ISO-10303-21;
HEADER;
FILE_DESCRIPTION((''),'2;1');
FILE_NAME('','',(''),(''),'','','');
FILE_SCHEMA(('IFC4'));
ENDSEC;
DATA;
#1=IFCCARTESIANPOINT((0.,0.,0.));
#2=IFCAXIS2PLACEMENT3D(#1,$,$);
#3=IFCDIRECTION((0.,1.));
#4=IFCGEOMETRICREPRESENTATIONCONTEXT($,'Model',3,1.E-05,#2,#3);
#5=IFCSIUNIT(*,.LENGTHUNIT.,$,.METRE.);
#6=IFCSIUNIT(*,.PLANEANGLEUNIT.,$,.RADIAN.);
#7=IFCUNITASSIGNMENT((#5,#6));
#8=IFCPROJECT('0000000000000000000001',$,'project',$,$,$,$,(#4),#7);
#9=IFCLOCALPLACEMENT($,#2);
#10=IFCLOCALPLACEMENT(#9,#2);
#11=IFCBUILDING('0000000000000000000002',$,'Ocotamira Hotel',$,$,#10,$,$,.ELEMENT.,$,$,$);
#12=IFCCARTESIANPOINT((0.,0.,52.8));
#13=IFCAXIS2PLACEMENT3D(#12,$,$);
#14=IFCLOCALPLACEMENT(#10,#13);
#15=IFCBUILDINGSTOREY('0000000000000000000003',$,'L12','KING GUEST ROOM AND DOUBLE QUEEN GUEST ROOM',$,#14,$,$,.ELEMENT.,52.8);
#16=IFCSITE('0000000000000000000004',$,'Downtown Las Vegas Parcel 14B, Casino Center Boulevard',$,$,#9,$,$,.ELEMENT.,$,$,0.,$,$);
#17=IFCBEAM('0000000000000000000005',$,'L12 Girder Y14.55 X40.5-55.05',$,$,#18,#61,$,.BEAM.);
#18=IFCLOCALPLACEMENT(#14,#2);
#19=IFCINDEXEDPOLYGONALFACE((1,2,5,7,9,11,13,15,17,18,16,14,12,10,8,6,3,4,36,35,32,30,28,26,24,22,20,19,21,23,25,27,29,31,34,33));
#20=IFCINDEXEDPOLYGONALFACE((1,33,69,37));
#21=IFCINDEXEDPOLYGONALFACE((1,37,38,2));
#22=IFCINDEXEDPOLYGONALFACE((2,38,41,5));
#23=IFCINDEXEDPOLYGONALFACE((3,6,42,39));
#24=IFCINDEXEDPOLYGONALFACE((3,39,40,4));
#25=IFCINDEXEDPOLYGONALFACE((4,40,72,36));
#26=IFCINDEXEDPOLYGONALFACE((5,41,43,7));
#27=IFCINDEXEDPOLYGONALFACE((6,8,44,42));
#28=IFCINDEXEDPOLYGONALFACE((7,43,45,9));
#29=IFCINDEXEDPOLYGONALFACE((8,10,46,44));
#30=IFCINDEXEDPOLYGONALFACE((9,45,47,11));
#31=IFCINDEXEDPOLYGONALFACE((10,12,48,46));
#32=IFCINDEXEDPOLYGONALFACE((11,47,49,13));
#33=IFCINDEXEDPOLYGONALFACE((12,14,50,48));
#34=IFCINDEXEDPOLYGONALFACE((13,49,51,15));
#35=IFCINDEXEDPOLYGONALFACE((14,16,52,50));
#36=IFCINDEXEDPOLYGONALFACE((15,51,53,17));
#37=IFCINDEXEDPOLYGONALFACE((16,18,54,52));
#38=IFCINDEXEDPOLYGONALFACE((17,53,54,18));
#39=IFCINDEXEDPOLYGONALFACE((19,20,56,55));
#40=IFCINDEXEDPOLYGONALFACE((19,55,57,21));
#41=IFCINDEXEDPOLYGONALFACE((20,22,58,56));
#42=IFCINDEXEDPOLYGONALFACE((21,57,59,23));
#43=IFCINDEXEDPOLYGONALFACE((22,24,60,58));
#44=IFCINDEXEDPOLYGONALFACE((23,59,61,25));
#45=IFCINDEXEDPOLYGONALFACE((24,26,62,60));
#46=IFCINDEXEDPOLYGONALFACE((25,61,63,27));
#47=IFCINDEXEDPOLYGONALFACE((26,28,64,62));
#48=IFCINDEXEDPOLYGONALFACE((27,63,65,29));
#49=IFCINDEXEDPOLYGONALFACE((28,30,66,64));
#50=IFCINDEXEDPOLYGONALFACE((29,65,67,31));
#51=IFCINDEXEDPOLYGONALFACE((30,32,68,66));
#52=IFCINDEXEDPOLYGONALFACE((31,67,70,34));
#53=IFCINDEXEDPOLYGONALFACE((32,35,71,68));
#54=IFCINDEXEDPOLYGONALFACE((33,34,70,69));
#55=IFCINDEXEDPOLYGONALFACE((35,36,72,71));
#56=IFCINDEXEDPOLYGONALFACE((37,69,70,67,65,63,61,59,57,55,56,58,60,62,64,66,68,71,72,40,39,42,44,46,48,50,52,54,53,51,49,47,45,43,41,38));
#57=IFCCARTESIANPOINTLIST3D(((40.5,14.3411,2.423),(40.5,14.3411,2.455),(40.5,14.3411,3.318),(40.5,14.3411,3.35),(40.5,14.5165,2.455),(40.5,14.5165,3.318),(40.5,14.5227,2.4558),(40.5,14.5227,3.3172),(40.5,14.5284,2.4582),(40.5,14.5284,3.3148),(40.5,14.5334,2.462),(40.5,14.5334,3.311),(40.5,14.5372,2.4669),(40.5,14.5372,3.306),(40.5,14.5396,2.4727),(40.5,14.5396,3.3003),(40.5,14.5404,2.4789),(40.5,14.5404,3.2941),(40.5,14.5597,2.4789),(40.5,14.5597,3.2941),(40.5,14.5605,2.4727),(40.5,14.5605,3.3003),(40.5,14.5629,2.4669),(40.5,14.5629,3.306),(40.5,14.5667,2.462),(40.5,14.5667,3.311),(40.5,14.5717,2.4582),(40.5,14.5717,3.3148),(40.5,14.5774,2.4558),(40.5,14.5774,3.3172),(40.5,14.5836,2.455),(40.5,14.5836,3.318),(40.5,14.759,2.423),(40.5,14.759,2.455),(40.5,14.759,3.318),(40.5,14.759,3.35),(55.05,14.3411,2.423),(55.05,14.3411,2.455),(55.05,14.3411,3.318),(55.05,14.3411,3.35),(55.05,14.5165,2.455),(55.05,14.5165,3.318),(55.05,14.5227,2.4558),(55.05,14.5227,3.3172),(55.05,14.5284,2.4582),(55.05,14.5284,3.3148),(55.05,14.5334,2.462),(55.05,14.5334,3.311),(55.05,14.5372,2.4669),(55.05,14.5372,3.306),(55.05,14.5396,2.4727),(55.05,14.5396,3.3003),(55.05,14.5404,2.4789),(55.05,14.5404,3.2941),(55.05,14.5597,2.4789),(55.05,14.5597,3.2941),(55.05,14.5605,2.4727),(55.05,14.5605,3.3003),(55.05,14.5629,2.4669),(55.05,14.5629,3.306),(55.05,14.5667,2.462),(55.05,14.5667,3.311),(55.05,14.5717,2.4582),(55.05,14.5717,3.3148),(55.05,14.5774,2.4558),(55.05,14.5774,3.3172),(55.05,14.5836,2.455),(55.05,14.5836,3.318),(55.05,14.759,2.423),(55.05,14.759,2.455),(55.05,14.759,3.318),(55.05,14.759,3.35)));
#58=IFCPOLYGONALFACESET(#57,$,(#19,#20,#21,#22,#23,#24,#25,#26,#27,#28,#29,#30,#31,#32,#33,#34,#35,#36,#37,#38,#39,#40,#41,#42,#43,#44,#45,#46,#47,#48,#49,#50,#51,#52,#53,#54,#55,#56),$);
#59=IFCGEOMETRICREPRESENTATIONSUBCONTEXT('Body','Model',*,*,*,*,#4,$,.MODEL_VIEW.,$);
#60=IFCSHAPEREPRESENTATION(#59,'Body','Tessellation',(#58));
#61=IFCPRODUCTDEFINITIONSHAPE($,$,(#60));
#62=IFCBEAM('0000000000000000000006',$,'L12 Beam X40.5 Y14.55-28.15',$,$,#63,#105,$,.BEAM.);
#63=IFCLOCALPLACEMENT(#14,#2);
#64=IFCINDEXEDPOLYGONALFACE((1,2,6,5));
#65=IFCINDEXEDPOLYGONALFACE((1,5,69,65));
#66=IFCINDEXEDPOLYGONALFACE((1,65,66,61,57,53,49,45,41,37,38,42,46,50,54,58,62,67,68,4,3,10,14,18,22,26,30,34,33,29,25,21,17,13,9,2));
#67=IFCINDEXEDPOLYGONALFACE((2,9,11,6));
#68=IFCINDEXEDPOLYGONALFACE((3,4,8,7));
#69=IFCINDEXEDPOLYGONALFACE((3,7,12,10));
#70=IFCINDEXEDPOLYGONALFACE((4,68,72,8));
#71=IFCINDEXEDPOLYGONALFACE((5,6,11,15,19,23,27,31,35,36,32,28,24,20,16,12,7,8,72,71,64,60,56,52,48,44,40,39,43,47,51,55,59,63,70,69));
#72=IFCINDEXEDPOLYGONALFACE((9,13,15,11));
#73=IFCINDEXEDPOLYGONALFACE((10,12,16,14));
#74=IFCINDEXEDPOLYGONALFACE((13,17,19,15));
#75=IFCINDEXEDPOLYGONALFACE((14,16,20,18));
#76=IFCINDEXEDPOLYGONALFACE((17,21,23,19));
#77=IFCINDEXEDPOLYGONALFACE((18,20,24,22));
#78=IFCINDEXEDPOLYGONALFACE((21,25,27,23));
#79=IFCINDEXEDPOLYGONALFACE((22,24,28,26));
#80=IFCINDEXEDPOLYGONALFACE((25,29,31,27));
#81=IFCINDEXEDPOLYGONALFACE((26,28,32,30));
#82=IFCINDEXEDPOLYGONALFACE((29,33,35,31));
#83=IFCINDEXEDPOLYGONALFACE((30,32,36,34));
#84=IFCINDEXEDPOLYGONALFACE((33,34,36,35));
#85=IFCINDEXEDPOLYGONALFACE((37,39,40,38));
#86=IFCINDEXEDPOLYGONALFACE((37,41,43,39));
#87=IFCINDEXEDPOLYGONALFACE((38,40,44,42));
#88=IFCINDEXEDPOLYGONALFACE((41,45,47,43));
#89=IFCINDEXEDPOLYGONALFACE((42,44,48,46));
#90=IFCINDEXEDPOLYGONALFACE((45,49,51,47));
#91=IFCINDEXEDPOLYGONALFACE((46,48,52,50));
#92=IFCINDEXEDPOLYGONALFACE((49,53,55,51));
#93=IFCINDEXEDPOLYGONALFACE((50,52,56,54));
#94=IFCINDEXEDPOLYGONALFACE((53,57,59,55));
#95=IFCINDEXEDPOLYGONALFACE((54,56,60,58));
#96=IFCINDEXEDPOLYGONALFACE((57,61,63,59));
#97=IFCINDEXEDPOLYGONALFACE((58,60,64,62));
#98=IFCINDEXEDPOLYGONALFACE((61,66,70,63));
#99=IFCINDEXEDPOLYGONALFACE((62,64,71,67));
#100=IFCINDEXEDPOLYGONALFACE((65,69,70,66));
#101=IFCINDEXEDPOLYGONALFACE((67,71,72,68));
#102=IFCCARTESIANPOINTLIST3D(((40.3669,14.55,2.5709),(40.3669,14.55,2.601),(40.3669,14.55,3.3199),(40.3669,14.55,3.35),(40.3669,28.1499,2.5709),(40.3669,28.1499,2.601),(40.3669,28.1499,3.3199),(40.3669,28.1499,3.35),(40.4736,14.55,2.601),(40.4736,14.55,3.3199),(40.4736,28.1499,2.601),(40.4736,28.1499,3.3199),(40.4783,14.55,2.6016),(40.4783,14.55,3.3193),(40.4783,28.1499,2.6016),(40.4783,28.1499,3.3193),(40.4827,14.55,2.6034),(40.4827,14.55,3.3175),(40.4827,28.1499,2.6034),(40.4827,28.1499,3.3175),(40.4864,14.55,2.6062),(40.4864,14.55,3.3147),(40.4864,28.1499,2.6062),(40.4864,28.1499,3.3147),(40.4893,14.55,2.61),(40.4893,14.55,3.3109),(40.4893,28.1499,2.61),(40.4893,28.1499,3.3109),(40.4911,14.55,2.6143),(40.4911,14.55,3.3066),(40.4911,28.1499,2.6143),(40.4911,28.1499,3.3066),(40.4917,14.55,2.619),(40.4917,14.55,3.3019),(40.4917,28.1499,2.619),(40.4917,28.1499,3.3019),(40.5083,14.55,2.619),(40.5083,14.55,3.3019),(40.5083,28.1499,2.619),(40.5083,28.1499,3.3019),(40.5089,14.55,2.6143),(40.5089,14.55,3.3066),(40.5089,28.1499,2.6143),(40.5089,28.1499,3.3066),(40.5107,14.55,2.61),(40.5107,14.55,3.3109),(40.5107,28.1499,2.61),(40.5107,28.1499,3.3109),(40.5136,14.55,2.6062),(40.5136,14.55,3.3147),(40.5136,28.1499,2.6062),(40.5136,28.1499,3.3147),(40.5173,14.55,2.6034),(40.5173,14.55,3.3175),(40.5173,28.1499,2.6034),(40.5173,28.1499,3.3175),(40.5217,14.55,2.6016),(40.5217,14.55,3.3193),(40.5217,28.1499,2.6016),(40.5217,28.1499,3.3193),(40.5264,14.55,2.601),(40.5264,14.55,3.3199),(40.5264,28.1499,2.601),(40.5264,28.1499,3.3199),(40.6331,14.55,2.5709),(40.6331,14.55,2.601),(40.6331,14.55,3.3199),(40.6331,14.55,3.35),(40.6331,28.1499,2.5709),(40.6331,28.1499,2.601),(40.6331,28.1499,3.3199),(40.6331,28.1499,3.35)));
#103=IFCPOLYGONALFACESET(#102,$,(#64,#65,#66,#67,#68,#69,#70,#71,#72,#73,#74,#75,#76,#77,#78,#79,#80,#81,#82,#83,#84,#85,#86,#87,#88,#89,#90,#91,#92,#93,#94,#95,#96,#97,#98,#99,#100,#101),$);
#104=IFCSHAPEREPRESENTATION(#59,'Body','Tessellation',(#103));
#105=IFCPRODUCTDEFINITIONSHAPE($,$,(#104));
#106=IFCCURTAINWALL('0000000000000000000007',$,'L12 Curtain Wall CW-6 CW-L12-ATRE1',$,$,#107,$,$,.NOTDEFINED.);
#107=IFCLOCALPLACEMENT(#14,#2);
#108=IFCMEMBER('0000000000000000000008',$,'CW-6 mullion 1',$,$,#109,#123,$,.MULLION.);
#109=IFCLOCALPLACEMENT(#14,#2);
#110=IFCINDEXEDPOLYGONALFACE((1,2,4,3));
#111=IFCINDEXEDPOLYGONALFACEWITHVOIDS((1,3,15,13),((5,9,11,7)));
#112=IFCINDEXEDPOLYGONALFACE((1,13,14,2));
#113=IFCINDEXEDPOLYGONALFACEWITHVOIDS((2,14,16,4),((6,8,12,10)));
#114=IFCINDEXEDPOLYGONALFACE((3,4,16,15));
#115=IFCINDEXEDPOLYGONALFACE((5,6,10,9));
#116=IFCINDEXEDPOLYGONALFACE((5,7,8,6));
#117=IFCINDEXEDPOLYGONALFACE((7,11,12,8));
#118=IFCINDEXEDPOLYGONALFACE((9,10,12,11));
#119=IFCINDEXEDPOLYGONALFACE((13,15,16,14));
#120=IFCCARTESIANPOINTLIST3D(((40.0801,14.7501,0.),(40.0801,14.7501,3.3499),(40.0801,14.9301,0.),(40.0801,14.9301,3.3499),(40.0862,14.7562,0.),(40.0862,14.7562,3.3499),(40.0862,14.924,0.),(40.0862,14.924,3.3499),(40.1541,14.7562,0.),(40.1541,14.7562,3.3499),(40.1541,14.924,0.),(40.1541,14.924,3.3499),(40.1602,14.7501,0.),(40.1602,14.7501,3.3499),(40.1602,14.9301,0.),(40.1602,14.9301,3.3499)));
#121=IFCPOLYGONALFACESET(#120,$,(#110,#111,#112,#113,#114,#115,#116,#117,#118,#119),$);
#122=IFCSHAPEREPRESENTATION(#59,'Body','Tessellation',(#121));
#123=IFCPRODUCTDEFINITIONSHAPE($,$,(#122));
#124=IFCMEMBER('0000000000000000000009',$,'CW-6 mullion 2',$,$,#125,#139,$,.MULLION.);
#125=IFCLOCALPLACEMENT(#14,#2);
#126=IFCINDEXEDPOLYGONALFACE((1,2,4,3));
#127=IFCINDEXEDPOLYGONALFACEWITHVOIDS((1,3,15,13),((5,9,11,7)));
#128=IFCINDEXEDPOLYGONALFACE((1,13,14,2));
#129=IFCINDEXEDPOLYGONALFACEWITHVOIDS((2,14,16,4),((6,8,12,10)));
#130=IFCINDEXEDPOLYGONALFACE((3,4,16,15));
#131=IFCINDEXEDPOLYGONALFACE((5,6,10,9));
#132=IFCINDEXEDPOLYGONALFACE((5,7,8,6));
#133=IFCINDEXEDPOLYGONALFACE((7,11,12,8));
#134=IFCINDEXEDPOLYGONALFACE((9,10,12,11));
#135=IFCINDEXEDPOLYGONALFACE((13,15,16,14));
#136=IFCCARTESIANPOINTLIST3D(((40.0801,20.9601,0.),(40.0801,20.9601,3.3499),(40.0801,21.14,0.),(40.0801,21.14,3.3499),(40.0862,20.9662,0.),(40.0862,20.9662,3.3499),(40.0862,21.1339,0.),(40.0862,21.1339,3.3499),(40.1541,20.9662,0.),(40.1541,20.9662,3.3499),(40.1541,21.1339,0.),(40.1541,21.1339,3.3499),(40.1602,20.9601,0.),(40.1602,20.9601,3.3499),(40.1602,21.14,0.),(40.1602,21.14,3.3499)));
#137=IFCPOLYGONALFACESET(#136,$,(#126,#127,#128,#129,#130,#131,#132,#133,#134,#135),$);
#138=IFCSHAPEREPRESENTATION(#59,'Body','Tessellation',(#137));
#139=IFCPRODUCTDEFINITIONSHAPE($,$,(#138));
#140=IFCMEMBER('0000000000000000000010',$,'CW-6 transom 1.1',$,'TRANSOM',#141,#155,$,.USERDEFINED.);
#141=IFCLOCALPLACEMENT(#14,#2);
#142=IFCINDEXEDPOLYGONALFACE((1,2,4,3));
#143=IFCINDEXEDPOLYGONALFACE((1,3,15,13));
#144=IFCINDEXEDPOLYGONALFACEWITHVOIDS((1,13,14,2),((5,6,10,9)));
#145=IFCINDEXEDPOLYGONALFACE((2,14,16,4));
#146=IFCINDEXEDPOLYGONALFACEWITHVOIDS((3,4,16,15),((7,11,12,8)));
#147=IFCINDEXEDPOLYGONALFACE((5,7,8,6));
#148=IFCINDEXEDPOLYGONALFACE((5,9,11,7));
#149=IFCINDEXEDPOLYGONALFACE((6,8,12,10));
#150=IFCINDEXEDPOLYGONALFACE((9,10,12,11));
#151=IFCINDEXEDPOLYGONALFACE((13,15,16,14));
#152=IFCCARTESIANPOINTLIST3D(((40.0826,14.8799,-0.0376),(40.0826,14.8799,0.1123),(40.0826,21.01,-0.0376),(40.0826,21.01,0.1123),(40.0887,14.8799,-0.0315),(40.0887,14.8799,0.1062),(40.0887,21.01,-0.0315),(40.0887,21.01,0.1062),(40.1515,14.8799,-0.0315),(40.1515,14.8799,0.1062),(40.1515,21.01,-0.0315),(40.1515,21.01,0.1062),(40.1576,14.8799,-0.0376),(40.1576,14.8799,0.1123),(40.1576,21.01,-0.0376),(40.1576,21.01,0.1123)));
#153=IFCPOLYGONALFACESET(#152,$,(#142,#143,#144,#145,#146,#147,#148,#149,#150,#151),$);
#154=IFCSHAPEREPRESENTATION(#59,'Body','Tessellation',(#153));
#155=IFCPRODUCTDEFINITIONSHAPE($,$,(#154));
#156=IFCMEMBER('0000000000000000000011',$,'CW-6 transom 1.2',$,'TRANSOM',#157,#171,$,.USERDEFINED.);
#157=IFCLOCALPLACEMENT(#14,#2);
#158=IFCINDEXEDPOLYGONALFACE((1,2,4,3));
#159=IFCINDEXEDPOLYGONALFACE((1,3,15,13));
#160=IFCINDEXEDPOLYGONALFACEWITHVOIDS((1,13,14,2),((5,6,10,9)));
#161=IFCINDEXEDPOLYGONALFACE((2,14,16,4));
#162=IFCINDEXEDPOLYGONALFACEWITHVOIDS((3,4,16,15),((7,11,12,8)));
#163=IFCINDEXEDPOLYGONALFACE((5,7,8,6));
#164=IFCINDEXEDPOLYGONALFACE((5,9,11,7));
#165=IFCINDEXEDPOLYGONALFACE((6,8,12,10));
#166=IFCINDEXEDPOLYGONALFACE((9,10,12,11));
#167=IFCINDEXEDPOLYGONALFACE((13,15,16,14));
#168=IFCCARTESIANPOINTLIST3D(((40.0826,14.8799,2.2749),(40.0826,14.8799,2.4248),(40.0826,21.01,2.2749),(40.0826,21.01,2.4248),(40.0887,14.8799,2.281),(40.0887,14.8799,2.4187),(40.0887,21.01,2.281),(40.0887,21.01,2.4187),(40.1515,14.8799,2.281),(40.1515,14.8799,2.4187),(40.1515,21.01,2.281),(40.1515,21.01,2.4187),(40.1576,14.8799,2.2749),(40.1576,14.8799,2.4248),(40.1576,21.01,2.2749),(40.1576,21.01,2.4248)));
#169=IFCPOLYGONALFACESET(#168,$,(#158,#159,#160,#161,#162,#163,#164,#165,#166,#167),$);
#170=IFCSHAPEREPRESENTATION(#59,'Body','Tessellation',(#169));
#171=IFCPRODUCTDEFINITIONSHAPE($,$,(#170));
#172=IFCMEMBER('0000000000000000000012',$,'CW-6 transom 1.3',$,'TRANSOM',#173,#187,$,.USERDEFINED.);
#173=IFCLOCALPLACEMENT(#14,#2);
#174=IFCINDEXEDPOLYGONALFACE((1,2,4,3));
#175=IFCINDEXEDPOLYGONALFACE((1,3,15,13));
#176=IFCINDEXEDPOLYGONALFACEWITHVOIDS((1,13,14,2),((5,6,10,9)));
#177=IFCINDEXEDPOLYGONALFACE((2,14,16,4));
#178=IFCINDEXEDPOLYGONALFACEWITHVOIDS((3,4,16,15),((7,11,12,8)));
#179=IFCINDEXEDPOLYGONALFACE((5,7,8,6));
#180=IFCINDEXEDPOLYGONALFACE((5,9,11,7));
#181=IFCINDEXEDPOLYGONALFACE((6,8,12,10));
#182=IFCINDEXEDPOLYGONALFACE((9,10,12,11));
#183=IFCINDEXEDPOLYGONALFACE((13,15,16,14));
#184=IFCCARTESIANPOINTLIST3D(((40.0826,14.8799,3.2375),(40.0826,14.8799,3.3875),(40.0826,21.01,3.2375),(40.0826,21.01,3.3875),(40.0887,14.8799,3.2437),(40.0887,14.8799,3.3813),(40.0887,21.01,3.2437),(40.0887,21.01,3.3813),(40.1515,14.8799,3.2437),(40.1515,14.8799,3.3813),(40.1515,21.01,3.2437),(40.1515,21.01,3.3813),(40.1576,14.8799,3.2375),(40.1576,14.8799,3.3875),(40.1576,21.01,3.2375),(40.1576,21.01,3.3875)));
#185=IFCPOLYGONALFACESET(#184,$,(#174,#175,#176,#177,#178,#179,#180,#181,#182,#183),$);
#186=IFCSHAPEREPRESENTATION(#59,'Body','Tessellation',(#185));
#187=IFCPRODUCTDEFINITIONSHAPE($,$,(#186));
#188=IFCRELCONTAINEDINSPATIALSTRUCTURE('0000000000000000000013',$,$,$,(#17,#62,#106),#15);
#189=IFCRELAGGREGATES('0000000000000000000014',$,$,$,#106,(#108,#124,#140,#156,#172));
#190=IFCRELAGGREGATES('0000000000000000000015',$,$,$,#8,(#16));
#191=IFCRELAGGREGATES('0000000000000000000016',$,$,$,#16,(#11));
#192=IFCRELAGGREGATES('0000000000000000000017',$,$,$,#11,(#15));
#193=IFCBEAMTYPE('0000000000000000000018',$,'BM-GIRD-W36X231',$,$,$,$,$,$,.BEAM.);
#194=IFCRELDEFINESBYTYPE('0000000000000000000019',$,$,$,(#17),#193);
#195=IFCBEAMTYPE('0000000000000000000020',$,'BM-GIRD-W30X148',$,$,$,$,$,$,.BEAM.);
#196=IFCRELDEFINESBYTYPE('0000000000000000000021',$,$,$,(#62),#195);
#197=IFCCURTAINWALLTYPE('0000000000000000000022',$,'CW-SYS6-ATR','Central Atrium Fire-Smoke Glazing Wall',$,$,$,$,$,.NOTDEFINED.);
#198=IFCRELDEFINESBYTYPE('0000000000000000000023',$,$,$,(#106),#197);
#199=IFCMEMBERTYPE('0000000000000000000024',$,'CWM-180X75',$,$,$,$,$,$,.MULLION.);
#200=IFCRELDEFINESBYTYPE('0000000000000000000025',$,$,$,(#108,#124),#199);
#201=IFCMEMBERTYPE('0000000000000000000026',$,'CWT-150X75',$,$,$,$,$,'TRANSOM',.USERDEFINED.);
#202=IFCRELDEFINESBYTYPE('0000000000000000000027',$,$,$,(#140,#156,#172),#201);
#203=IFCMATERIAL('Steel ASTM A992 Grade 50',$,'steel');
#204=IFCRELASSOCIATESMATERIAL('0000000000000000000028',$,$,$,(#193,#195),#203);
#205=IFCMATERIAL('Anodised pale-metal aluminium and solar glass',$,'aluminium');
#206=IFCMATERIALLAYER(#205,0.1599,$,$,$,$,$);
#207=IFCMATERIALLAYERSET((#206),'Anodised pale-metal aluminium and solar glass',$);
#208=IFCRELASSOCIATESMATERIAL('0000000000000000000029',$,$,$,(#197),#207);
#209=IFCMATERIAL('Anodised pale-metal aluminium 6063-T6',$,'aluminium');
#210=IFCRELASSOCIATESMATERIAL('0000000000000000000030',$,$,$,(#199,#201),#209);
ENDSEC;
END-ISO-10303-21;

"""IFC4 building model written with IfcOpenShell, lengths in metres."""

from ifc_helpers import new_model, si_unit, direction, frame, origin, origin_2d, place, context, subcontext, project, spatial, hollow_rectangle, i_section, extrude, source, transform, mapped, material, layer, layer_set, material_profile, profile_set, type_object, element, aggregate, save


model = new_model("IFC4")

# Units and contexts
model_context = context("Model", 3, precision=1e-05, world=origin(), true_north=direction((0.0, 1.0)))
body_context = subcontext(model_context, "Body", "Model", "MODEL_VIEW")
ifc_project = project(units=[si_unit("LENGTHUNIT", "METRE"), si_unit("PLANEANGLEUNIT", "RADIAN")], contexts=[model_context])

# Site, building, storey
site_placement = place(None, origin())
site = spatial("IfcSite", under=ifc_project, at=site_placement, Name="Downtown Las Vegas Parcel 14B, Casino Center Boulevard", CompositionType="ELEMENT", RefElevation=0.0)
building_placement = place(site_placement, origin())
building = spatial("IfcBuilding", under=site, at=building_placement, Name="Ocotamira Hotel", CompositionType="ELEMENT")
storey_placement = place(building_placement, frame((0.0, 0.0, 52.8)))
storey = spatial("IfcBuildingStorey", under=building, at=storey_placement, Name="L12", Description="KING GUEST ROOM AND DOUBLE QUEEN GUEST ROOM", CompositionType="ELEMENT", Elevation=52.8)

# Beams
ifc_material_1 = material(Name="Steel ASTM A992 Grade 50", Category="steel")
ifc_material_profile_1 = material_profile(ifc_material_1, i_section(OverallWidth=0.418, OverallDepth=0.927, WebThickness=0.0193, FlangeThickness=0.032, FilletRadius=0.0239, at=origin_2d()), Name="W36X231")
ifc_profile_set_1 = profile_set([ifc_material_profile_1], Name="Steel ASTM A992 Grade 50")
beam_type_1 = type_object("IfcBeamType", Name="BM-GIRD-W36X231", PredefinedType="BEAM", material=ifc_profile_set_1)
shared_shape_1 = source(origin(), body_context, "Body", "SweptSolid", [
    extrude(i_section(OverallWidth=0.418, OverallDepth=0.927, WebThickness=0.0193, FlangeThickness=0.032, FilletRadius=0.0239, at=origin_2d()), origin(), (0.0, 0.0, 1.0), 14.55),
])
beam_1_placement = place(storey_placement, frame((40.5, 14.55, 2.8865), z_axis=(1.0, 0.0, 0.0), x_axis=(0.0, 1.0, 0.0)))
element("IfcBeam", 1, at=beam_1_placement, inside=storey, type_object=beam_type_1, Name="L12 Girder Y14.55 X40.5-55.05", PredefinedType="BEAM", context=body_context, shape_type="MappedRepresentation", body=[
    mapped(shared_shape_1, transform((0.0, 0.0, 0.0), scale=1.0)),
])
ifc_material_profile_2 = material_profile(ifc_material_1, i_section(OverallWidth=0.2661, OverallDepth=0.7791, WebThickness=0.0166, FlangeThickness=0.03, FilletRadius=0.0181, at=origin_2d()), Name="W30X148")
ifc_profile_set_2 = profile_set([ifc_material_profile_2], Name="Steel ASTM A992 Grade 50")
beam_type_2 = type_object("IfcBeamType", Name="BM-GIRD-W30X148", PredefinedType="BEAM", material=ifc_profile_set_2)
shared_shape_2 = source(origin(), body_context, "Body", "SweptSolid", [
    extrude(i_section(OverallWidth=0.2661, OverallDepth=0.7791, WebThickness=0.0166, FlangeThickness=0.03, FilletRadius=0.0181, at=origin_2d()), origin(), (0.0, 0.0, 1.0), 13.5999),
])
beam_2_placement = place(storey_placement, frame((40.5, 14.55, 2.9604), z_axis=(0.0, 1.0, 0.0), x_axis=(-1.0, 0.0, 0.0)))
element("IfcBeam", 2, at=beam_2_placement, inside=storey, type_object=beam_type_2, Name="L12 Beam X40.5 Y14.55-28.15", PredefinedType="BEAM", context=body_context, shape_type="MappedRepresentation", body=[
    mapped(shared_shape_2, transform((0.0, 0.0, 0.0), scale=1.0)),
])

# Curtain wall, members
ifc_material_2 = material(Name="Anodised pale-metal aluminium and solar glass", Category="aluminium")
ifc_layer_1 = layer(ifc_material_2, 0.1599)
ifc_layer_set_1 = layer_set([ifc_layer_1], Name="Anodised pale-metal aluminium and solar glass")
curtain_wall_type = type_object("IfcCurtainWallType", Name="CW-SYS6-ATR", Description="Central Atrium Fire-Smoke Glazing Wall", PredefinedType="NOTDEFINED", material=ifc_layer_set_1)
curtain_wall_placement = place(storey_placement, origin())
curtain_wall = element("IfcCurtainWall", 3, at=curtain_wall_placement, inside=storey, type_object=curtain_wall_type, Name="L12 Curtain Wall CW-6 CW-L12-ATRE1", PredefinedType="NOTDEFINED")
ifc_material_3 = material(Name="Anodised pale-metal aluminium 6063-T6", Category="aluminium")
ifc_material_profile_3 = material_profile(ifc_material_3, hollow_rectangle(XDim=0.0801, YDim=0.1799, WallThickness=0.0061, at=origin_2d()), Name="HSS180X80X6")
ifc_profile_set_3 = profile_set([ifc_material_profile_3], Name="Anodised pale-metal aluminium 6063-T6")
member_type_1 = type_object("IfcMemberType", Name="CWM-180X75", PredefinedType="MULLION", material=ifc_profile_set_3)
shared_shape_3 = source(origin(), body_context, "Body", "SweptSolid", [
    extrude(hollow_rectangle(XDim=0.0801, YDim=0.1799, WallThickness=0.0061, at=origin_2d()), origin(), (0.0, 0.0, 1.0), 3.3499),
])
member_1_placement = place(storey_placement, frame((40.1201, 14.8401, 0.0), z_axis=(0.0, 0.0, 1.0), x_axis=(-1.0, 0.0, 0.0)))
member_1 = element("IfcMember", 4, at=member_1_placement, type_object=member_type_1, Name="CW-6 mullion 1", PredefinedType="MULLION", context=body_context, shape_type="MappedRepresentation", body=[
    mapped(shared_shape_3, transform((0.0, 0.0, 0.0), scale=1.0)),
])
member_2_placement = place(storey_placement, frame((40.1201, 21.05, 0.0), z_axis=(0.0, 0.0, 1.0), x_axis=(-1.0, 0.0, 0.0)))
member_2 = element("IfcMember", 5, at=member_2_placement, type_object=member_type_1, Name="CW-6 mullion 2", PredefinedType="MULLION", context=body_context, shape_type="MappedRepresentation", body=[
    mapped(shared_shape_3, transform((0.0, 0.0, 0.0), scale=1.0)),
])
ifc_material_profile_4 = material_profile(ifc_material_3, hollow_rectangle(XDim=0.075, YDim=0.1499, WallThickness=0.0061, at=origin_2d()), Name="HSS150X75X6")
ifc_profile_set_4 = profile_set([ifc_material_profile_4], Name="Anodised pale-metal aluminium 6063-T6")
member_type_2 = type_object("IfcMemberType", Name="CWT-150X75", ElementType="TRANSOM", PredefinedType="USERDEFINED", material=ifc_profile_set_4)
shared_shape_4 = source(origin(), body_context, "Body", "SweptSolid", [
    extrude(hollow_rectangle(XDim=0.075, YDim=0.1499, WallThickness=0.0061, at=origin_2d()), origin(), (0.0, 0.0, 1.0), 6.1301),
])
member_3_placement = place(storey_placement, frame((40.1201, 14.8799, 0.0374), z_axis=(0.0, 1.0, 0.0), x_axis=(-1.0, 0.0, 0.0)))
member_3 = element("IfcMember", 6, at=member_3_placement, type_object=member_type_2, Name="CW-6 transom 1.1", ObjectType="TRANSOM", PredefinedType="USERDEFINED", context=body_context, shape_type="MappedRepresentation", body=[
    mapped(shared_shape_4, transform((0.0, 0.0, 0.0), scale=1.0)),
])
member_4_placement = place(storey_placement, frame((40.1201, 14.8799, 2.3499), z_axis=(0.0, 1.0, 0.0), x_axis=(-1.0, 0.0, 0.0)))
member_4 = element("IfcMember", 7, at=member_4_placement, type_object=member_type_2, Name="CW-6 transom 1.2", ObjectType="TRANSOM", PredefinedType="USERDEFINED", context=body_context, shape_type="MappedRepresentation", body=[
    mapped(shared_shape_4, transform((0.0, 0.0, 0.0), scale=1.0)),
])
member_5_placement = place(storey_placement, frame((40.1201, 14.8799, 3.3125), z_axis=(0.0, 1.0, 0.0), x_axis=(-1.0, 0.0, 0.0)))
member_5 = element("IfcMember", 8, at=member_5_placement, type_object=member_type_2, Name="CW-6 transom 1.3", ObjectType="TRANSOM", PredefinedType="USERDEFINED", context=body_context, shape_type="MappedRepresentation", body=[
    mapped(shared_shape_4, transform((0.0, 0.0, 0.0), scale=1.0)),
])
aggregate(curtain_wall, [member_1, member_2, member_3, member_4, member_5])

save(model, "model.ifc")
